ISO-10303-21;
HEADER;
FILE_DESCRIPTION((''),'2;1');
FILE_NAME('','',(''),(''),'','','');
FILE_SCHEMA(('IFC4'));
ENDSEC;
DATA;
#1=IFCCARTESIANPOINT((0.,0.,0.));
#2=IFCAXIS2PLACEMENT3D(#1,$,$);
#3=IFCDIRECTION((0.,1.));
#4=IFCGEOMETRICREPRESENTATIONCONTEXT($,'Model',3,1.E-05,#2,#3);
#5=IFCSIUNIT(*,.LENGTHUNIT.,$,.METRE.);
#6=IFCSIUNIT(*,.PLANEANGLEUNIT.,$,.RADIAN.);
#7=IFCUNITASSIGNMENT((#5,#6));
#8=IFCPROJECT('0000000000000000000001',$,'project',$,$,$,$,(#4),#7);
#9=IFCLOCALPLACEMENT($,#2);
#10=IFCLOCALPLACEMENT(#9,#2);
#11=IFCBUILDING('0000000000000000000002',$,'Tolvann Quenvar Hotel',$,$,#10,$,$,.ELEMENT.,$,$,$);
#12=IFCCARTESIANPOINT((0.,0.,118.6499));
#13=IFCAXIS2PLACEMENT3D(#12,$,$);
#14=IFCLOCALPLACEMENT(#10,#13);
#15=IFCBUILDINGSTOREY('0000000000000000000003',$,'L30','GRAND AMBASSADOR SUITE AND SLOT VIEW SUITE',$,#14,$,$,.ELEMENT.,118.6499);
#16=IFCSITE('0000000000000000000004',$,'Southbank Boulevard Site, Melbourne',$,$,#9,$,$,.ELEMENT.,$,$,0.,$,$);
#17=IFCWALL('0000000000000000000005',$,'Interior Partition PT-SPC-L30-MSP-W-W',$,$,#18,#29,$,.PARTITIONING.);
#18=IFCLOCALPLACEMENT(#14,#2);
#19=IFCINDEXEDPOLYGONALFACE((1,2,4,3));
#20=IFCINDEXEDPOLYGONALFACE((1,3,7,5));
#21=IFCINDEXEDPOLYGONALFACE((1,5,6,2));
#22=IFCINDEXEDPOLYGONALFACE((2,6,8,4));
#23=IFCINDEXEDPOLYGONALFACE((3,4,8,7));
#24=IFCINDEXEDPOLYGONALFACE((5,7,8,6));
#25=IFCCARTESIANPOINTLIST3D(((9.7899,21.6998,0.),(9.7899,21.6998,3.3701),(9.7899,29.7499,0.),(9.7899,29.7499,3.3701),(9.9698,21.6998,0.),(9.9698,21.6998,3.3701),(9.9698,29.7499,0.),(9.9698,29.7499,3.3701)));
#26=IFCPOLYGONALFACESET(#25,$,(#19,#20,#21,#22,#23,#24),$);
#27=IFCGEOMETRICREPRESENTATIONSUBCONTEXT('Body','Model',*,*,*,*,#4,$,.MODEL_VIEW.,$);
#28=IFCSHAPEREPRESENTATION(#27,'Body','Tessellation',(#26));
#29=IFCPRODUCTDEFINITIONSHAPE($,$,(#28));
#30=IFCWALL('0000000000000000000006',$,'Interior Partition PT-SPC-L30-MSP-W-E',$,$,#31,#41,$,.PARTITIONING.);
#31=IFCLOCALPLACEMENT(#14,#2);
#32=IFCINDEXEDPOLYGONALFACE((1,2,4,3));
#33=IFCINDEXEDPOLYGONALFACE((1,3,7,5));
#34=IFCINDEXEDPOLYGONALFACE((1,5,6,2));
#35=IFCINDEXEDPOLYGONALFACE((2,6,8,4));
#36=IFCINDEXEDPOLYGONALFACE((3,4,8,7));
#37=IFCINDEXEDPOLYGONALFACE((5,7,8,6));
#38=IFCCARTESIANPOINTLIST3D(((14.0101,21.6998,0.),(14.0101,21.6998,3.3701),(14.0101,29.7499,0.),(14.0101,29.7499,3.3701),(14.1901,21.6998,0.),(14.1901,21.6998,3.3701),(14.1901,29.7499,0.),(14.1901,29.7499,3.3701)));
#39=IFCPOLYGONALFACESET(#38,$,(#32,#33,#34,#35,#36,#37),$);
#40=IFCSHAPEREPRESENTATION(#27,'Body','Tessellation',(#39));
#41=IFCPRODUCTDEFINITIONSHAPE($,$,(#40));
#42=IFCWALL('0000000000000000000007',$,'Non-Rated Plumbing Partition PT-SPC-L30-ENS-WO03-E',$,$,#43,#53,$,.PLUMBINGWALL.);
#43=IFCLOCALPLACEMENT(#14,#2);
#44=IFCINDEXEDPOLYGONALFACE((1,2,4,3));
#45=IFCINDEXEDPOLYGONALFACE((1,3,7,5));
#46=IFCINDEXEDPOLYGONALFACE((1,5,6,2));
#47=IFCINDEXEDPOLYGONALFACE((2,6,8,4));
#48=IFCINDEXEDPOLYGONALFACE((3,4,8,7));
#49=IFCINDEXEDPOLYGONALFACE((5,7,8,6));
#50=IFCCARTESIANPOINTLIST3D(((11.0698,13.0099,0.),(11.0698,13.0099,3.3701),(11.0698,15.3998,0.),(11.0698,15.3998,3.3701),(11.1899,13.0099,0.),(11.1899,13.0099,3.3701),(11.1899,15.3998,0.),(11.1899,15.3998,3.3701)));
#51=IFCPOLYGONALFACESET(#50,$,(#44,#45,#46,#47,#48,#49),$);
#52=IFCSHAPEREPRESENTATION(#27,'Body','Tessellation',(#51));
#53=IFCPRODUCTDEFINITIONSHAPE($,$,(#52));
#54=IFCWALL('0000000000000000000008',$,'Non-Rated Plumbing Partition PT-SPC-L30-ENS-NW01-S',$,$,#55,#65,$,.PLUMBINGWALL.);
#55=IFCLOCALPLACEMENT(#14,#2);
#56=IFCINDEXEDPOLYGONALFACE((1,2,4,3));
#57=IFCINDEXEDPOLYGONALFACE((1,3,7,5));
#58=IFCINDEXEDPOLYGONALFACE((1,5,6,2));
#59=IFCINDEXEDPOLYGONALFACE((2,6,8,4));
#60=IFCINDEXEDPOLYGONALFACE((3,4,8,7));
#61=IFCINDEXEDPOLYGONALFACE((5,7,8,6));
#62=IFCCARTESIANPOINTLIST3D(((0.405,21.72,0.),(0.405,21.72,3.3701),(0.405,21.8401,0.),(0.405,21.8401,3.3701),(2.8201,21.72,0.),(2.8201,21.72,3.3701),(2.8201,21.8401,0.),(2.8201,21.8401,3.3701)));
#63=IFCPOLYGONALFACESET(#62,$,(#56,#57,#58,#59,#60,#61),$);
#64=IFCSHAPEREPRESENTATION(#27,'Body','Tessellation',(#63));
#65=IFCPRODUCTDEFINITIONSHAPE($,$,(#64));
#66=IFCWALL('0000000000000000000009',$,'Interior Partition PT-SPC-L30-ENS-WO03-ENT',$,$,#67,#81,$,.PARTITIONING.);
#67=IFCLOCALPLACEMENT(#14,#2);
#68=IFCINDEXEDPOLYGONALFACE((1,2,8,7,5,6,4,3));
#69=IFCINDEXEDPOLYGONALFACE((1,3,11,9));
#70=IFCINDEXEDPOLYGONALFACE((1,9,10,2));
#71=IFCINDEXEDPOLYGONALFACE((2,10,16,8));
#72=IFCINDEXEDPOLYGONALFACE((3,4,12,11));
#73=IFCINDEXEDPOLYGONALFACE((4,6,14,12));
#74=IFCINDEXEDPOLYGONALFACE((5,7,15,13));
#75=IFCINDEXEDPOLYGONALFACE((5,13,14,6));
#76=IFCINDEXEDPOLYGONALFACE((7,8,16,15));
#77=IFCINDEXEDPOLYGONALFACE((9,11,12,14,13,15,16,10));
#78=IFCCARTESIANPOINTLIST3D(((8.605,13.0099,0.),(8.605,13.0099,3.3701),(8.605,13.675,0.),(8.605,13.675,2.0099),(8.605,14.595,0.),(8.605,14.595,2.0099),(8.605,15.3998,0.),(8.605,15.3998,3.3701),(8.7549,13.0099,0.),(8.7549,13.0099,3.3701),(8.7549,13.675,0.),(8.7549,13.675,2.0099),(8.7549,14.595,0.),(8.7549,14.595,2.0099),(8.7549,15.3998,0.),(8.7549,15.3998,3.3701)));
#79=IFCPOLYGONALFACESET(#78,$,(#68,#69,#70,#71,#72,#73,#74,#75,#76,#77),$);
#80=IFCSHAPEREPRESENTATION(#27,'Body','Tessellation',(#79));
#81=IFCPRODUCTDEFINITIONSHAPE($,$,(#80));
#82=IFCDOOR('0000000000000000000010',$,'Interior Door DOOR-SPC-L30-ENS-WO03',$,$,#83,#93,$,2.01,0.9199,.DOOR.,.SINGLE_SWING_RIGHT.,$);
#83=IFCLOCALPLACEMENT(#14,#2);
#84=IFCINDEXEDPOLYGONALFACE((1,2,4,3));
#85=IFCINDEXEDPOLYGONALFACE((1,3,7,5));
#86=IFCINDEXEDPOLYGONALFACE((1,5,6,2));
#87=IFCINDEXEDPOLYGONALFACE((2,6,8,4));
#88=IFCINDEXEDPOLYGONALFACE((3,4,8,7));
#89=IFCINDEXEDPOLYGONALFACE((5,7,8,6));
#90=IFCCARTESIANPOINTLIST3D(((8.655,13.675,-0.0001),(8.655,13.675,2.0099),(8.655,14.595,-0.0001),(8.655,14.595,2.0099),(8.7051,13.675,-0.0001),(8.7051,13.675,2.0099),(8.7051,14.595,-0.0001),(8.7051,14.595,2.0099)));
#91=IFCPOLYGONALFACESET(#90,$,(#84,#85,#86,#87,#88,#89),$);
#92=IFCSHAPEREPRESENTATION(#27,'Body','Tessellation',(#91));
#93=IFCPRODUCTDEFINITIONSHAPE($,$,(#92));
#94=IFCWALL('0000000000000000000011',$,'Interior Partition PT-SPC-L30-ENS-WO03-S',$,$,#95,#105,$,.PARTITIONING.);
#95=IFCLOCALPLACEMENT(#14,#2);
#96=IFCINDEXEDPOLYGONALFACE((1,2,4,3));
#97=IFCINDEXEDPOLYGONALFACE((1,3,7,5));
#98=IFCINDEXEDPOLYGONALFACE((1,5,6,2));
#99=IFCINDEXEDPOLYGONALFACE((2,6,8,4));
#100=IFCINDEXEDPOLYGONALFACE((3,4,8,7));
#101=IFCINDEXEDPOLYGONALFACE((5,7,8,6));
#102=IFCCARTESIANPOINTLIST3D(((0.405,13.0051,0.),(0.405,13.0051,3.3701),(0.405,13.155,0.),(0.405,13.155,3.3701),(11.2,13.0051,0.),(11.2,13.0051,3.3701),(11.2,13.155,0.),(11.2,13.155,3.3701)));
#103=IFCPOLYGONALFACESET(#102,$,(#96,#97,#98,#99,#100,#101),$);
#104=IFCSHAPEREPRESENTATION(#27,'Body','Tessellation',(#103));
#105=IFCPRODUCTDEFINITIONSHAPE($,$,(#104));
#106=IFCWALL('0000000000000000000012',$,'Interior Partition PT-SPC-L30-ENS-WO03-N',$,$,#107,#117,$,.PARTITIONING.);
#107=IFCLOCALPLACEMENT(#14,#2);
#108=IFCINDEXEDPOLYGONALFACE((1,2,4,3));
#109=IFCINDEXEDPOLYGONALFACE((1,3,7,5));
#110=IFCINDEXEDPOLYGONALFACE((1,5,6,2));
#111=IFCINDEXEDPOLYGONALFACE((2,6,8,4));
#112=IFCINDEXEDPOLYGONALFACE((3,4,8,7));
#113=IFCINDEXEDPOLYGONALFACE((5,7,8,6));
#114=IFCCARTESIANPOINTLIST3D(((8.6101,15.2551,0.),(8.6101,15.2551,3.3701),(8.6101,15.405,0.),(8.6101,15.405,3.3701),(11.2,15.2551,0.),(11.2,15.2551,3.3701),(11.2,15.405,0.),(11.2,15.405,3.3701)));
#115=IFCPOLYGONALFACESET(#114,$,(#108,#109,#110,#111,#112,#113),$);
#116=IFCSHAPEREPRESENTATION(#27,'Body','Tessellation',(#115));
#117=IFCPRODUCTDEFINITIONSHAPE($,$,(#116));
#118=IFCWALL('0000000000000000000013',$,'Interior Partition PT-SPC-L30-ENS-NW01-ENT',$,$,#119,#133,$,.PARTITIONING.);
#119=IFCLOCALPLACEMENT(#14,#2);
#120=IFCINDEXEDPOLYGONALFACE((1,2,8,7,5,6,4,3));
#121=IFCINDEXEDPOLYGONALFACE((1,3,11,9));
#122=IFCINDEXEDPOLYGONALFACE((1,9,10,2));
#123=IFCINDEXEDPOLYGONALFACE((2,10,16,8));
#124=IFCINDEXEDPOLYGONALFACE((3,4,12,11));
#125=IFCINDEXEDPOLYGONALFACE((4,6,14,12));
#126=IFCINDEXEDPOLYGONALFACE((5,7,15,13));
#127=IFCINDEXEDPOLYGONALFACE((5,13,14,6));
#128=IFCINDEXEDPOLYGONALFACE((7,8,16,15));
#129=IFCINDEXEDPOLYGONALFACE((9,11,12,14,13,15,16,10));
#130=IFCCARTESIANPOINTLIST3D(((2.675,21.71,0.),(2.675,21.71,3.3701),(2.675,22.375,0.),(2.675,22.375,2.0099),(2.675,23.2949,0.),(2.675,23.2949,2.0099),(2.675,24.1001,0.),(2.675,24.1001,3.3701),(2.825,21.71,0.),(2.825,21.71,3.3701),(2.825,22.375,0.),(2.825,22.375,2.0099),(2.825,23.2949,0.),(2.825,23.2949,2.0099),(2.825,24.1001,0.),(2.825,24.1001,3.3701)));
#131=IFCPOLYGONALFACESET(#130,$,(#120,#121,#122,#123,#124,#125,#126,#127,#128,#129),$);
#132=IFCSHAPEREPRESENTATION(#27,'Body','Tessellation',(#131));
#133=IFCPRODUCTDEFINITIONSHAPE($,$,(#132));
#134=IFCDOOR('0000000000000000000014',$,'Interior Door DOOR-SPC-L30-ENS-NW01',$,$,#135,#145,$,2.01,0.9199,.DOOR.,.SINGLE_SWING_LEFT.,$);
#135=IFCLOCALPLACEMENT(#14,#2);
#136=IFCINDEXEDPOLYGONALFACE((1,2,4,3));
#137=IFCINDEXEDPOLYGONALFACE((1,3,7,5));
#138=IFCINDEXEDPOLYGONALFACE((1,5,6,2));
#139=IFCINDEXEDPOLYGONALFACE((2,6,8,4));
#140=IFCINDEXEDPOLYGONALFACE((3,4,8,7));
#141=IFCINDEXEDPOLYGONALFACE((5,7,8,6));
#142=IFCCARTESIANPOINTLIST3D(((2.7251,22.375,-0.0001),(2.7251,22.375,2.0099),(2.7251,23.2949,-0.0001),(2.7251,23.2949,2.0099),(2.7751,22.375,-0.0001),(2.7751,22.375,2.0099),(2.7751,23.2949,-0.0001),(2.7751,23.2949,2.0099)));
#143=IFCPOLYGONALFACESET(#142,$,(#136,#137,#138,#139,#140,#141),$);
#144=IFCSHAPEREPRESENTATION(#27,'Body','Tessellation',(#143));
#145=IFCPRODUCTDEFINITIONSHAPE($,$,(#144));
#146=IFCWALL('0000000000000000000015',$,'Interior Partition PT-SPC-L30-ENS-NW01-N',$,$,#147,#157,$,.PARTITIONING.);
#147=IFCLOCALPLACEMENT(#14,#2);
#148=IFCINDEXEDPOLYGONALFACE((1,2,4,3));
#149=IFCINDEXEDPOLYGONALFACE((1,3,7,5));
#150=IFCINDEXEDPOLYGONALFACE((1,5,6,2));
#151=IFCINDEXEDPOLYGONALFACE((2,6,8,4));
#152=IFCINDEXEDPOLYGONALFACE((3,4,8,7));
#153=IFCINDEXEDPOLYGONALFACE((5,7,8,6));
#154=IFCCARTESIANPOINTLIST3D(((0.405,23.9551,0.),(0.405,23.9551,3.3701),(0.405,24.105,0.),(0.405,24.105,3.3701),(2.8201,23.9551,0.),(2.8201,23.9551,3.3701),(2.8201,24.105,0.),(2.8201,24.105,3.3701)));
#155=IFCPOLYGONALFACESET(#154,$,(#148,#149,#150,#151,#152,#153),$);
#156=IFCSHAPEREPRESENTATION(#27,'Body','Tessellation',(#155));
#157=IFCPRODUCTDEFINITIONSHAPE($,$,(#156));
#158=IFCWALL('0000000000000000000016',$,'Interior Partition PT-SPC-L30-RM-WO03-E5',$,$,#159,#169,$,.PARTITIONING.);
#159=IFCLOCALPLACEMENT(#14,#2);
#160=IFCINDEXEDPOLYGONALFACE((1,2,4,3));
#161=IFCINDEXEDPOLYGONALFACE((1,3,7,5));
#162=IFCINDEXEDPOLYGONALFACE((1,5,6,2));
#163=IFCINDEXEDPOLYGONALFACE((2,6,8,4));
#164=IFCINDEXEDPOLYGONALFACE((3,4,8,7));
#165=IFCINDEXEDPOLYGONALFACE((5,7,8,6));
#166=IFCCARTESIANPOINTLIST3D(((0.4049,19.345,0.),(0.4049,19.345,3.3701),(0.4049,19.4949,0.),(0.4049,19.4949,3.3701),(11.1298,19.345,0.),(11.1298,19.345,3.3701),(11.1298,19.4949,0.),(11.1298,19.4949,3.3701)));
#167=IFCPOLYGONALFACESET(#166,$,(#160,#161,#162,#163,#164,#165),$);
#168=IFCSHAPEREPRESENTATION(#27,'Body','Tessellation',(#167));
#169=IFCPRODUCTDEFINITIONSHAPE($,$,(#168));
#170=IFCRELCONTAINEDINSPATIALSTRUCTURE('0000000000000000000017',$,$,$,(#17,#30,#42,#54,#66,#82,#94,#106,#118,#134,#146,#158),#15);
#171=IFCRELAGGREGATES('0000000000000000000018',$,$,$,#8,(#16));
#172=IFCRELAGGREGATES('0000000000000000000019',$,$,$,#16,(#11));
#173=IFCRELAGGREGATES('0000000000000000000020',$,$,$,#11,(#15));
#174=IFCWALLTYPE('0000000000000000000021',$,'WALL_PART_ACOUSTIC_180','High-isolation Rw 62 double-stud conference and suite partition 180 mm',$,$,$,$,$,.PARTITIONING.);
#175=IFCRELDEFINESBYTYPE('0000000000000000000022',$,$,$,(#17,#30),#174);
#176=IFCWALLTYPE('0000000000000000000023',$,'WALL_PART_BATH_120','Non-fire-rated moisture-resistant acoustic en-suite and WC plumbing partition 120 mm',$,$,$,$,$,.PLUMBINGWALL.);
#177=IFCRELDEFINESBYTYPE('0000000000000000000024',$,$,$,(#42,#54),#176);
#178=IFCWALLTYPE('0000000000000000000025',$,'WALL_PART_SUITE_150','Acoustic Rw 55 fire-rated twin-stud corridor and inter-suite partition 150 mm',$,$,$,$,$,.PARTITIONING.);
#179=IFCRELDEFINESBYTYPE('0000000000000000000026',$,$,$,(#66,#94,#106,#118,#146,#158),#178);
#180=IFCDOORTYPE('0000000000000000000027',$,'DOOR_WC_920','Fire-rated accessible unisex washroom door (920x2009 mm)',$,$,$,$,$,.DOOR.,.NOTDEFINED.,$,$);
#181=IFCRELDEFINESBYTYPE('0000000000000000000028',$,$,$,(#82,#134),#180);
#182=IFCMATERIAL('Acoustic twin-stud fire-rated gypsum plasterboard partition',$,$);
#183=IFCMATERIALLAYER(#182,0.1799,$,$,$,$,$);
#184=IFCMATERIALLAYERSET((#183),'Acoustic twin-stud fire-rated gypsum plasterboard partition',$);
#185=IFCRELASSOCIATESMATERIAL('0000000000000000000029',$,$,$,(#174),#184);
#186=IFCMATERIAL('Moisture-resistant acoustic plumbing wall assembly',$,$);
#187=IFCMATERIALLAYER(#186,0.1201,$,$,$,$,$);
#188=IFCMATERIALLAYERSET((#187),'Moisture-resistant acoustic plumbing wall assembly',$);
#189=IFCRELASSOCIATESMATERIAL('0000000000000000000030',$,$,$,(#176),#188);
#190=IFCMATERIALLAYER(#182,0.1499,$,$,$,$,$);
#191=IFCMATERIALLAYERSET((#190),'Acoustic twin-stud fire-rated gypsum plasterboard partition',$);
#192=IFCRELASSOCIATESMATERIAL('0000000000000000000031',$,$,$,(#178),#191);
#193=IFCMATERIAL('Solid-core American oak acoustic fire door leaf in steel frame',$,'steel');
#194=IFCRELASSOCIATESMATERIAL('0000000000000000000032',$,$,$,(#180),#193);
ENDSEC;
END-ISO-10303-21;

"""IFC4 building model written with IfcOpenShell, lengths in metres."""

from ifc_helpers import new_model, si_unit, direction, frame, frame_2d, origin, place, context, subcontext, project, spatial, rectangle, extrude, source, transform, mapped, material, layer, layer_set, type_object, type_shapes, element, fill, save


model = new_model("IFC4")

# Units and contexts
model_context = context("Model", 3, precision=1e-05, world=origin(), true_north=direction((0.0, 1.0)))
body_context = subcontext(model_context, "Body", "Model", "MODEL_VIEW")
ifc_project = project(units=[si_unit("LENGTHUNIT", "METRE"), si_unit("PLANEANGLEUNIT", "RADIAN")], contexts=[model_context])

# Site, building, storey
site_placement = place(None, origin())
site = spatial("IfcSite", under=ifc_project, at=site_placement, Name="Southbank Boulevard Site, Melbourne", CompositionType="ELEMENT", RefElevation=0.0)
building_placement = place(site_placement, origin())
building = spatial("IfcBuilding", under=site, at=building_placement, Name="Tolvann Quenvar Hotel", CompositionType="ELEMENT")
storey_placement = place(building_placement, frame((0.0, 0.0, 118.6499)))
storey = spatial("IfcBuildingStorey", under=building, at=storey_placement, Name="L30", Description="GRAND AMBASSADOR SUITE AND SLOT VIEW SUITE", CompositionType="ELEMENT", Elevation=118.6499)

# Shared definitions
ifc_material_1 = material(Name="Acoustic twin-stud fire-rated gypsum plasterboard partition")
ifc_layer_1 = layer(ifc_material_1, 0.1799)
ifc_layer_set_1 = layer_set([ifc_layer_1], Name="Acoustic twin-stud fire-rated gypsum plasterboard partition")
wall_type_1 = type_object("IfcWallType", Name="WALL_PART_ACOUSTIC_180", Description="High-isolation Rw 62 double-stud conference and suite partition 180 mm", PredefinedType="PARTITIONING", material=ifc_layer_set_1)
ifc_material_2 = material(Name="Solid-core American oak acoustic fire door leaf in steel frame", Category="steel")

# Walls
for number, where, z_axis, x_axis, name in (
    (1, (9.8799, 21.7, 0.0), (0.0, 0.0, 1.0), (0.0, 1.0, 0.0), "Interior Partition PT-SPC-L30-MSP-W-W"),
    (2, (14.1001, 21.7, 0.0), (0.0, 0.0, 1.0), (0.0, 1.0, 0.0), "Interior Partition PT-SPC-L30-MSP-W-E"),
):
    element("IfcWall", number, at=place(storey_placement, frame(where, z_axis=z_axis, x_axis=x_axis)), inside=storey, type_object=wall_type_1, Name=name, PredefinedType="PARTITIONING", context=body_context, shape_type="SweptSolid", body=[
        extrude(rectangle(XDim=8.05, YDim=0.1799, at=frame_2d((4.0249, 0.0))), origin(), (0.0, 0.0, 1.0), 3.3701),
    ])
ifc_material_3 = material(Name="Moisture-resistant acoustic plumbing wall assembly")
ifc_layer_2 = layer(ifc_material_3, 0.1201)
ifc_layer_set_2 = layer_set([ifc_layer_2], Name="Moisture-resistant acoustic plumbing wall assembly")
wall_type_2 = type_object("IfcWallType", Name="WALL_PART_BATH_120", Description="Non-fire-rated moisture-resistant acoustic en-suite and WC plumbing partition 120 mm", PredefinedType="PLUMBINGWALL", material=ifc_layer_set_2)
wall_1_placement = place(storey_placement, frame((11.1299, 13.01, 0.0), z_axis=(0.0, 0.0, 1.0), x_axis=(0.0, 1.0, 0.0)))
element("IfcWall", 3, at=wall_1_placement, inside=storey, type_object=wall_type_2, Name="Non-Rated Plumbing Partition PT-SPC-L30-ENS-WO03-E", PredefinedType="PLUMBINGWALL", context=body_context, shape_type="SweptSolid", body=[
    extrude(rectangle(XDim=2.3899, YDim=0.1201, at=frame_2d((1.1948, 0.0))), origin(), (0.0, 0.0, 1.0), 3.3701),
])
wall_2_placement = place(storey_placement, frame((0.405, 21.78, 0.0), z_axis=(0.0, 0.0, 1.0), x_axis=(1.0, 0.0, 0.0)))
element("IfcWall", 4, at=wall_2_placement, inside=storey, type_object=wall_type_2, Name="Non-Rated Plumbing Partition PT-SPC-L30-ENS-NW01-S", PredefinedType="PLUMBINGWALL", context=body_context, shape_type="SweptSolid", body=[
    extrude(rectangle(XDim=2.415, YDim=0.1201, at=frame_2d((1.2075, 0.0))), origin(), (0.0, 0.0, 1.0), 3.3701),
])

# Wall, opening, door
ifc_layer_3 = layer(ifc_material_1, 0.1499)
ifc_layer_set_3 = layer_set([ifc_layer_3], Name="Acoustic twin-stud fire-rated gypsum plasterboard partition")
wall_type_3 = type_object("IfcWallType", Name="WALL_PART_SUITE_150", Description="Acoustic Rw 55 fire-rated twin-stud corridor and inter-suite partition 150 mm", PredefinedType="PARTITIONING", material=ifc_layer_set_3)
wall_3_placement = place(storey_placement, frame((8.6799, 13.01, 0.0), z_axis=(0.0, 0.0, 1.0), x_axis=(0.0, 1.0, 0.0)))
wall_3 = element("IfcWall", 5, at=wall_3_placement, inside=storey, type_object=wall_type_3, Name="Interior Partition PT-SPC-L30-ENS-WO03-ENT", PredefinedType="PARTITIONING", context=body_context, shape_type="SweptSolid", body=[
    extrude(rectangle(XDim=2.3899, YDim=0.1499, at=frame_2d((1.1948, 0.0))), origin(), (0.0, 0.0, 1.0), 3.3701),
])
opening_1_placement = place(wall_3_placement, frame((0.665, 0.0, 0.0)))
opening_1 = element("IfcOpeningElement", 6, at=opening_1_placement, cuts=wall_3, PredefinedType="OPENING", context=body_context, shape_type="SweptSolid", body=[
    extrude(rectangle(XDim=0.9199, YDim=2.01, at=frame_2d((0.46, 1.0049))), frame((0.0, 0.085, 0.0), z_axis=(0.0, -1.0, 0.0), x_axis=(1.0, 0.0, 0.0)), (0.0, 0.0, 1.0), 0.1699),
])
door_type_1 = type_object("IfcDoorType", Name="DOOR_WC_920", Description="Fire-rated accessible unisex washroom door (920x2009 mm)", OperationType="NOTDEFINED", PredefinedType="DOOR", material=ifc_material_2)
shared_shape_1 = source(origin(), body_context, "Body", "SweptSolid", [
    extrude(rectangle(XDim=0.9199, YDim=2.01, at=frame_2d((0.46, 1.0049))), frame((0.0, 0.0249, 0.0), z_axis=(0.0, -1.0, 0.0), x_axis=(1.0, 0.0, 0.0)), (0.0, 0.0, 1.0), 0.05),
])
type_shapes(door_type_1, [shared_shape_1])
door_1_placement = place(opening_1_placement, origin())
door_1 = element("IfcDoor", 7, at=door_1_placement, inside=storey, type_object=door_type_1, Name="Interior Door DOOR-SPC-L30-ENS-WO03", OperationType="SINGLE_SWING_RIGHT", OverallHeight=2.01, OverallWidth=0.9199, PredefinedType="DOOR", context=body_context, shape_type="MappedRepresentation", body=[
    mapped(shared_shape_1, transform((0.0, 0.0, 0.0), x_axis=(1.0, 0.0, 0.0), y_axis=(0.0, 1.0, 0.0), z_axis=(0.0, 0.0, 1.0), scale=1.0)),
])
fill(opening_1, door_1)

# Walls
wall_4_placement = place(storey_placement, frame((0.405, 13.0801, 0.0), z_axis=(0.0, 0.0, 1.0), x_axis=(1.0, 0.0, 0.0)))
element("IfcWall", 8, at=wall_4_placement, inside=storey, type_object=wall_type_3, Name="Interior Partition PT-SPC-L30-ENS-WO03-S", PredefinedType="PARTITIONING", context=body_context, shape_type="SweptSolid", body=[
    extrude(rectangle(XDim=10.7949, YDim=0.1499, at=frame_2d((5.3975, 0.0))), origin(), (0.0, 0.0, 1.0), 3.3701),
])
wall_5_placement = place(storey_placement, frame((8.6101, 15.3301, 0.0), z_axis=(0.0, 0.0, 1.0), x_axis=(1.0, 0.0, 0.0)))
element("IfcWall", 9, at=wall_5_placement, inside=storey, type_object=wall_type_3, Name="Interior Partition PT-SPC-L30-ENS-WO03-N", PredefinedType="PARTITIONING", context=body_context, shape_type="SweptSolid", body=[
    extrude(rectangle(XDim=2.5898, YDim=0.1499, at=frame_2d((1.2949, 0.0))), origin(), (0.0, 0.0, 1.0), 3.3701),
])

# Wall, opening, door
wall_6_placement = place(storey_placement, frame((2.75, 21.71, 0.0), z_axis=(0.0, 0.0, 1.0), x_axis=(0.0, 1.0, 0.0)))
wall_6 = element("IfcWall", 10, at=wall_6_placement, inside=storey, type_object=wall_type_3, Name="Interior Partition PT-SPC-L30-ENS-NW01-ENT", PredefinedType="PARTITIONING", context=body_context, shape_type="SweptSolid", body=[
    extrude(rectangle(XDim=2.3901, YDim=0.1499, at=frame_2d((1.1951, 0.0))), origin(), (0.0, 0.0, 1.0), 3.3701),
])
opening_2_placement = place(wall_6_placement, frame((0.665, 0.0, 0.0)))
opening_2 = element("IfcOpeningElement", 11, at=opening_2_placement, cuts=wall_6, PredefinedType="OPENING", context=body_context, shape_type="SweptSolid", body=[
    extrude(rectangle(XDim=0.9199, YDim=2.01, at=frame_2d((0.46, 1.0049))), frame((0.0, 0.085, 0.0), z_axis=(0.0, -1.0, 0.0), x_axis=(1.0, 0.0, 0.0)), (0.0, 0.0, 1.0), 0.1699),
])
door_2_placement = place(opening_2_placement, origin())
door_2 = element("IfcDoor", 12, at=door_2_placement, inside=storey, type_object=door_type_1, Name="Interior Door DOOR-SPC-L30-ENS-NW01", OperationType="SINGLE_SWING_LEFT", OverallHeight=2.01, OverallWidth=0.9199, PredefinedType="DOOR", context=body_context, shape_type="MappedRepresentation", body=[
    mapped(shared_shape_1, transform((0.0, 0.0, 0.0), x_axis=(1.0, 0.0, 0.0), y_axis=(0.0, 1.0, 0.0), z_axis=(0.0, 0.0, 1.0), scale=1.0)),
])
fill(opening_2, door_2)

# Wall
wall_7_placement = place(storey_placement, frame((0.405, 24.03, 0.0), z_axis=(0.0, 0.0, 1.0), x_axis=(1.0, 0.0, 0.0)))
element("IfcWall", 13, at=wall_7_placement, inside=storey, type_object=wall_type_3, Name="Interior Partition PT-SPC-L30-ENS-NW01-N", PredefinedType="PARTITIONING", context=body_context, shape_type="SweptSolid", body=[
    extrude(rectangle(XDim=2.415, YDim=0.1499, at=frame_2d((1.2075, 0.0))), origin(), (0.0, 0.0, 1.0), 3.3701),
])

# Wall
wall_8_placement = place(storey_placement, frame((0.405, 19.4199, 0.0), z_axis=(0.0, 0.0, 1.0), x_axis=(1.0, 0.0, 0.0)))
element("IfcWall", 14, at=wall_8_placement, inside=storey, type_object=wall_type_3, Name="Interior Partition PT-SPC-L30-RM-WO03-E5", PredefinedType="PARTITIONING", context=body_context, shape_type="SweptSolid", body=[
    extrude(rectangle(XDim=10.7249, YDim=0.1499, at=frame_2d((5.3623, 0.0))), origin(), (0.0, 0.0, 1.0), 3.3701),
])

save(model, "model.ifc")
